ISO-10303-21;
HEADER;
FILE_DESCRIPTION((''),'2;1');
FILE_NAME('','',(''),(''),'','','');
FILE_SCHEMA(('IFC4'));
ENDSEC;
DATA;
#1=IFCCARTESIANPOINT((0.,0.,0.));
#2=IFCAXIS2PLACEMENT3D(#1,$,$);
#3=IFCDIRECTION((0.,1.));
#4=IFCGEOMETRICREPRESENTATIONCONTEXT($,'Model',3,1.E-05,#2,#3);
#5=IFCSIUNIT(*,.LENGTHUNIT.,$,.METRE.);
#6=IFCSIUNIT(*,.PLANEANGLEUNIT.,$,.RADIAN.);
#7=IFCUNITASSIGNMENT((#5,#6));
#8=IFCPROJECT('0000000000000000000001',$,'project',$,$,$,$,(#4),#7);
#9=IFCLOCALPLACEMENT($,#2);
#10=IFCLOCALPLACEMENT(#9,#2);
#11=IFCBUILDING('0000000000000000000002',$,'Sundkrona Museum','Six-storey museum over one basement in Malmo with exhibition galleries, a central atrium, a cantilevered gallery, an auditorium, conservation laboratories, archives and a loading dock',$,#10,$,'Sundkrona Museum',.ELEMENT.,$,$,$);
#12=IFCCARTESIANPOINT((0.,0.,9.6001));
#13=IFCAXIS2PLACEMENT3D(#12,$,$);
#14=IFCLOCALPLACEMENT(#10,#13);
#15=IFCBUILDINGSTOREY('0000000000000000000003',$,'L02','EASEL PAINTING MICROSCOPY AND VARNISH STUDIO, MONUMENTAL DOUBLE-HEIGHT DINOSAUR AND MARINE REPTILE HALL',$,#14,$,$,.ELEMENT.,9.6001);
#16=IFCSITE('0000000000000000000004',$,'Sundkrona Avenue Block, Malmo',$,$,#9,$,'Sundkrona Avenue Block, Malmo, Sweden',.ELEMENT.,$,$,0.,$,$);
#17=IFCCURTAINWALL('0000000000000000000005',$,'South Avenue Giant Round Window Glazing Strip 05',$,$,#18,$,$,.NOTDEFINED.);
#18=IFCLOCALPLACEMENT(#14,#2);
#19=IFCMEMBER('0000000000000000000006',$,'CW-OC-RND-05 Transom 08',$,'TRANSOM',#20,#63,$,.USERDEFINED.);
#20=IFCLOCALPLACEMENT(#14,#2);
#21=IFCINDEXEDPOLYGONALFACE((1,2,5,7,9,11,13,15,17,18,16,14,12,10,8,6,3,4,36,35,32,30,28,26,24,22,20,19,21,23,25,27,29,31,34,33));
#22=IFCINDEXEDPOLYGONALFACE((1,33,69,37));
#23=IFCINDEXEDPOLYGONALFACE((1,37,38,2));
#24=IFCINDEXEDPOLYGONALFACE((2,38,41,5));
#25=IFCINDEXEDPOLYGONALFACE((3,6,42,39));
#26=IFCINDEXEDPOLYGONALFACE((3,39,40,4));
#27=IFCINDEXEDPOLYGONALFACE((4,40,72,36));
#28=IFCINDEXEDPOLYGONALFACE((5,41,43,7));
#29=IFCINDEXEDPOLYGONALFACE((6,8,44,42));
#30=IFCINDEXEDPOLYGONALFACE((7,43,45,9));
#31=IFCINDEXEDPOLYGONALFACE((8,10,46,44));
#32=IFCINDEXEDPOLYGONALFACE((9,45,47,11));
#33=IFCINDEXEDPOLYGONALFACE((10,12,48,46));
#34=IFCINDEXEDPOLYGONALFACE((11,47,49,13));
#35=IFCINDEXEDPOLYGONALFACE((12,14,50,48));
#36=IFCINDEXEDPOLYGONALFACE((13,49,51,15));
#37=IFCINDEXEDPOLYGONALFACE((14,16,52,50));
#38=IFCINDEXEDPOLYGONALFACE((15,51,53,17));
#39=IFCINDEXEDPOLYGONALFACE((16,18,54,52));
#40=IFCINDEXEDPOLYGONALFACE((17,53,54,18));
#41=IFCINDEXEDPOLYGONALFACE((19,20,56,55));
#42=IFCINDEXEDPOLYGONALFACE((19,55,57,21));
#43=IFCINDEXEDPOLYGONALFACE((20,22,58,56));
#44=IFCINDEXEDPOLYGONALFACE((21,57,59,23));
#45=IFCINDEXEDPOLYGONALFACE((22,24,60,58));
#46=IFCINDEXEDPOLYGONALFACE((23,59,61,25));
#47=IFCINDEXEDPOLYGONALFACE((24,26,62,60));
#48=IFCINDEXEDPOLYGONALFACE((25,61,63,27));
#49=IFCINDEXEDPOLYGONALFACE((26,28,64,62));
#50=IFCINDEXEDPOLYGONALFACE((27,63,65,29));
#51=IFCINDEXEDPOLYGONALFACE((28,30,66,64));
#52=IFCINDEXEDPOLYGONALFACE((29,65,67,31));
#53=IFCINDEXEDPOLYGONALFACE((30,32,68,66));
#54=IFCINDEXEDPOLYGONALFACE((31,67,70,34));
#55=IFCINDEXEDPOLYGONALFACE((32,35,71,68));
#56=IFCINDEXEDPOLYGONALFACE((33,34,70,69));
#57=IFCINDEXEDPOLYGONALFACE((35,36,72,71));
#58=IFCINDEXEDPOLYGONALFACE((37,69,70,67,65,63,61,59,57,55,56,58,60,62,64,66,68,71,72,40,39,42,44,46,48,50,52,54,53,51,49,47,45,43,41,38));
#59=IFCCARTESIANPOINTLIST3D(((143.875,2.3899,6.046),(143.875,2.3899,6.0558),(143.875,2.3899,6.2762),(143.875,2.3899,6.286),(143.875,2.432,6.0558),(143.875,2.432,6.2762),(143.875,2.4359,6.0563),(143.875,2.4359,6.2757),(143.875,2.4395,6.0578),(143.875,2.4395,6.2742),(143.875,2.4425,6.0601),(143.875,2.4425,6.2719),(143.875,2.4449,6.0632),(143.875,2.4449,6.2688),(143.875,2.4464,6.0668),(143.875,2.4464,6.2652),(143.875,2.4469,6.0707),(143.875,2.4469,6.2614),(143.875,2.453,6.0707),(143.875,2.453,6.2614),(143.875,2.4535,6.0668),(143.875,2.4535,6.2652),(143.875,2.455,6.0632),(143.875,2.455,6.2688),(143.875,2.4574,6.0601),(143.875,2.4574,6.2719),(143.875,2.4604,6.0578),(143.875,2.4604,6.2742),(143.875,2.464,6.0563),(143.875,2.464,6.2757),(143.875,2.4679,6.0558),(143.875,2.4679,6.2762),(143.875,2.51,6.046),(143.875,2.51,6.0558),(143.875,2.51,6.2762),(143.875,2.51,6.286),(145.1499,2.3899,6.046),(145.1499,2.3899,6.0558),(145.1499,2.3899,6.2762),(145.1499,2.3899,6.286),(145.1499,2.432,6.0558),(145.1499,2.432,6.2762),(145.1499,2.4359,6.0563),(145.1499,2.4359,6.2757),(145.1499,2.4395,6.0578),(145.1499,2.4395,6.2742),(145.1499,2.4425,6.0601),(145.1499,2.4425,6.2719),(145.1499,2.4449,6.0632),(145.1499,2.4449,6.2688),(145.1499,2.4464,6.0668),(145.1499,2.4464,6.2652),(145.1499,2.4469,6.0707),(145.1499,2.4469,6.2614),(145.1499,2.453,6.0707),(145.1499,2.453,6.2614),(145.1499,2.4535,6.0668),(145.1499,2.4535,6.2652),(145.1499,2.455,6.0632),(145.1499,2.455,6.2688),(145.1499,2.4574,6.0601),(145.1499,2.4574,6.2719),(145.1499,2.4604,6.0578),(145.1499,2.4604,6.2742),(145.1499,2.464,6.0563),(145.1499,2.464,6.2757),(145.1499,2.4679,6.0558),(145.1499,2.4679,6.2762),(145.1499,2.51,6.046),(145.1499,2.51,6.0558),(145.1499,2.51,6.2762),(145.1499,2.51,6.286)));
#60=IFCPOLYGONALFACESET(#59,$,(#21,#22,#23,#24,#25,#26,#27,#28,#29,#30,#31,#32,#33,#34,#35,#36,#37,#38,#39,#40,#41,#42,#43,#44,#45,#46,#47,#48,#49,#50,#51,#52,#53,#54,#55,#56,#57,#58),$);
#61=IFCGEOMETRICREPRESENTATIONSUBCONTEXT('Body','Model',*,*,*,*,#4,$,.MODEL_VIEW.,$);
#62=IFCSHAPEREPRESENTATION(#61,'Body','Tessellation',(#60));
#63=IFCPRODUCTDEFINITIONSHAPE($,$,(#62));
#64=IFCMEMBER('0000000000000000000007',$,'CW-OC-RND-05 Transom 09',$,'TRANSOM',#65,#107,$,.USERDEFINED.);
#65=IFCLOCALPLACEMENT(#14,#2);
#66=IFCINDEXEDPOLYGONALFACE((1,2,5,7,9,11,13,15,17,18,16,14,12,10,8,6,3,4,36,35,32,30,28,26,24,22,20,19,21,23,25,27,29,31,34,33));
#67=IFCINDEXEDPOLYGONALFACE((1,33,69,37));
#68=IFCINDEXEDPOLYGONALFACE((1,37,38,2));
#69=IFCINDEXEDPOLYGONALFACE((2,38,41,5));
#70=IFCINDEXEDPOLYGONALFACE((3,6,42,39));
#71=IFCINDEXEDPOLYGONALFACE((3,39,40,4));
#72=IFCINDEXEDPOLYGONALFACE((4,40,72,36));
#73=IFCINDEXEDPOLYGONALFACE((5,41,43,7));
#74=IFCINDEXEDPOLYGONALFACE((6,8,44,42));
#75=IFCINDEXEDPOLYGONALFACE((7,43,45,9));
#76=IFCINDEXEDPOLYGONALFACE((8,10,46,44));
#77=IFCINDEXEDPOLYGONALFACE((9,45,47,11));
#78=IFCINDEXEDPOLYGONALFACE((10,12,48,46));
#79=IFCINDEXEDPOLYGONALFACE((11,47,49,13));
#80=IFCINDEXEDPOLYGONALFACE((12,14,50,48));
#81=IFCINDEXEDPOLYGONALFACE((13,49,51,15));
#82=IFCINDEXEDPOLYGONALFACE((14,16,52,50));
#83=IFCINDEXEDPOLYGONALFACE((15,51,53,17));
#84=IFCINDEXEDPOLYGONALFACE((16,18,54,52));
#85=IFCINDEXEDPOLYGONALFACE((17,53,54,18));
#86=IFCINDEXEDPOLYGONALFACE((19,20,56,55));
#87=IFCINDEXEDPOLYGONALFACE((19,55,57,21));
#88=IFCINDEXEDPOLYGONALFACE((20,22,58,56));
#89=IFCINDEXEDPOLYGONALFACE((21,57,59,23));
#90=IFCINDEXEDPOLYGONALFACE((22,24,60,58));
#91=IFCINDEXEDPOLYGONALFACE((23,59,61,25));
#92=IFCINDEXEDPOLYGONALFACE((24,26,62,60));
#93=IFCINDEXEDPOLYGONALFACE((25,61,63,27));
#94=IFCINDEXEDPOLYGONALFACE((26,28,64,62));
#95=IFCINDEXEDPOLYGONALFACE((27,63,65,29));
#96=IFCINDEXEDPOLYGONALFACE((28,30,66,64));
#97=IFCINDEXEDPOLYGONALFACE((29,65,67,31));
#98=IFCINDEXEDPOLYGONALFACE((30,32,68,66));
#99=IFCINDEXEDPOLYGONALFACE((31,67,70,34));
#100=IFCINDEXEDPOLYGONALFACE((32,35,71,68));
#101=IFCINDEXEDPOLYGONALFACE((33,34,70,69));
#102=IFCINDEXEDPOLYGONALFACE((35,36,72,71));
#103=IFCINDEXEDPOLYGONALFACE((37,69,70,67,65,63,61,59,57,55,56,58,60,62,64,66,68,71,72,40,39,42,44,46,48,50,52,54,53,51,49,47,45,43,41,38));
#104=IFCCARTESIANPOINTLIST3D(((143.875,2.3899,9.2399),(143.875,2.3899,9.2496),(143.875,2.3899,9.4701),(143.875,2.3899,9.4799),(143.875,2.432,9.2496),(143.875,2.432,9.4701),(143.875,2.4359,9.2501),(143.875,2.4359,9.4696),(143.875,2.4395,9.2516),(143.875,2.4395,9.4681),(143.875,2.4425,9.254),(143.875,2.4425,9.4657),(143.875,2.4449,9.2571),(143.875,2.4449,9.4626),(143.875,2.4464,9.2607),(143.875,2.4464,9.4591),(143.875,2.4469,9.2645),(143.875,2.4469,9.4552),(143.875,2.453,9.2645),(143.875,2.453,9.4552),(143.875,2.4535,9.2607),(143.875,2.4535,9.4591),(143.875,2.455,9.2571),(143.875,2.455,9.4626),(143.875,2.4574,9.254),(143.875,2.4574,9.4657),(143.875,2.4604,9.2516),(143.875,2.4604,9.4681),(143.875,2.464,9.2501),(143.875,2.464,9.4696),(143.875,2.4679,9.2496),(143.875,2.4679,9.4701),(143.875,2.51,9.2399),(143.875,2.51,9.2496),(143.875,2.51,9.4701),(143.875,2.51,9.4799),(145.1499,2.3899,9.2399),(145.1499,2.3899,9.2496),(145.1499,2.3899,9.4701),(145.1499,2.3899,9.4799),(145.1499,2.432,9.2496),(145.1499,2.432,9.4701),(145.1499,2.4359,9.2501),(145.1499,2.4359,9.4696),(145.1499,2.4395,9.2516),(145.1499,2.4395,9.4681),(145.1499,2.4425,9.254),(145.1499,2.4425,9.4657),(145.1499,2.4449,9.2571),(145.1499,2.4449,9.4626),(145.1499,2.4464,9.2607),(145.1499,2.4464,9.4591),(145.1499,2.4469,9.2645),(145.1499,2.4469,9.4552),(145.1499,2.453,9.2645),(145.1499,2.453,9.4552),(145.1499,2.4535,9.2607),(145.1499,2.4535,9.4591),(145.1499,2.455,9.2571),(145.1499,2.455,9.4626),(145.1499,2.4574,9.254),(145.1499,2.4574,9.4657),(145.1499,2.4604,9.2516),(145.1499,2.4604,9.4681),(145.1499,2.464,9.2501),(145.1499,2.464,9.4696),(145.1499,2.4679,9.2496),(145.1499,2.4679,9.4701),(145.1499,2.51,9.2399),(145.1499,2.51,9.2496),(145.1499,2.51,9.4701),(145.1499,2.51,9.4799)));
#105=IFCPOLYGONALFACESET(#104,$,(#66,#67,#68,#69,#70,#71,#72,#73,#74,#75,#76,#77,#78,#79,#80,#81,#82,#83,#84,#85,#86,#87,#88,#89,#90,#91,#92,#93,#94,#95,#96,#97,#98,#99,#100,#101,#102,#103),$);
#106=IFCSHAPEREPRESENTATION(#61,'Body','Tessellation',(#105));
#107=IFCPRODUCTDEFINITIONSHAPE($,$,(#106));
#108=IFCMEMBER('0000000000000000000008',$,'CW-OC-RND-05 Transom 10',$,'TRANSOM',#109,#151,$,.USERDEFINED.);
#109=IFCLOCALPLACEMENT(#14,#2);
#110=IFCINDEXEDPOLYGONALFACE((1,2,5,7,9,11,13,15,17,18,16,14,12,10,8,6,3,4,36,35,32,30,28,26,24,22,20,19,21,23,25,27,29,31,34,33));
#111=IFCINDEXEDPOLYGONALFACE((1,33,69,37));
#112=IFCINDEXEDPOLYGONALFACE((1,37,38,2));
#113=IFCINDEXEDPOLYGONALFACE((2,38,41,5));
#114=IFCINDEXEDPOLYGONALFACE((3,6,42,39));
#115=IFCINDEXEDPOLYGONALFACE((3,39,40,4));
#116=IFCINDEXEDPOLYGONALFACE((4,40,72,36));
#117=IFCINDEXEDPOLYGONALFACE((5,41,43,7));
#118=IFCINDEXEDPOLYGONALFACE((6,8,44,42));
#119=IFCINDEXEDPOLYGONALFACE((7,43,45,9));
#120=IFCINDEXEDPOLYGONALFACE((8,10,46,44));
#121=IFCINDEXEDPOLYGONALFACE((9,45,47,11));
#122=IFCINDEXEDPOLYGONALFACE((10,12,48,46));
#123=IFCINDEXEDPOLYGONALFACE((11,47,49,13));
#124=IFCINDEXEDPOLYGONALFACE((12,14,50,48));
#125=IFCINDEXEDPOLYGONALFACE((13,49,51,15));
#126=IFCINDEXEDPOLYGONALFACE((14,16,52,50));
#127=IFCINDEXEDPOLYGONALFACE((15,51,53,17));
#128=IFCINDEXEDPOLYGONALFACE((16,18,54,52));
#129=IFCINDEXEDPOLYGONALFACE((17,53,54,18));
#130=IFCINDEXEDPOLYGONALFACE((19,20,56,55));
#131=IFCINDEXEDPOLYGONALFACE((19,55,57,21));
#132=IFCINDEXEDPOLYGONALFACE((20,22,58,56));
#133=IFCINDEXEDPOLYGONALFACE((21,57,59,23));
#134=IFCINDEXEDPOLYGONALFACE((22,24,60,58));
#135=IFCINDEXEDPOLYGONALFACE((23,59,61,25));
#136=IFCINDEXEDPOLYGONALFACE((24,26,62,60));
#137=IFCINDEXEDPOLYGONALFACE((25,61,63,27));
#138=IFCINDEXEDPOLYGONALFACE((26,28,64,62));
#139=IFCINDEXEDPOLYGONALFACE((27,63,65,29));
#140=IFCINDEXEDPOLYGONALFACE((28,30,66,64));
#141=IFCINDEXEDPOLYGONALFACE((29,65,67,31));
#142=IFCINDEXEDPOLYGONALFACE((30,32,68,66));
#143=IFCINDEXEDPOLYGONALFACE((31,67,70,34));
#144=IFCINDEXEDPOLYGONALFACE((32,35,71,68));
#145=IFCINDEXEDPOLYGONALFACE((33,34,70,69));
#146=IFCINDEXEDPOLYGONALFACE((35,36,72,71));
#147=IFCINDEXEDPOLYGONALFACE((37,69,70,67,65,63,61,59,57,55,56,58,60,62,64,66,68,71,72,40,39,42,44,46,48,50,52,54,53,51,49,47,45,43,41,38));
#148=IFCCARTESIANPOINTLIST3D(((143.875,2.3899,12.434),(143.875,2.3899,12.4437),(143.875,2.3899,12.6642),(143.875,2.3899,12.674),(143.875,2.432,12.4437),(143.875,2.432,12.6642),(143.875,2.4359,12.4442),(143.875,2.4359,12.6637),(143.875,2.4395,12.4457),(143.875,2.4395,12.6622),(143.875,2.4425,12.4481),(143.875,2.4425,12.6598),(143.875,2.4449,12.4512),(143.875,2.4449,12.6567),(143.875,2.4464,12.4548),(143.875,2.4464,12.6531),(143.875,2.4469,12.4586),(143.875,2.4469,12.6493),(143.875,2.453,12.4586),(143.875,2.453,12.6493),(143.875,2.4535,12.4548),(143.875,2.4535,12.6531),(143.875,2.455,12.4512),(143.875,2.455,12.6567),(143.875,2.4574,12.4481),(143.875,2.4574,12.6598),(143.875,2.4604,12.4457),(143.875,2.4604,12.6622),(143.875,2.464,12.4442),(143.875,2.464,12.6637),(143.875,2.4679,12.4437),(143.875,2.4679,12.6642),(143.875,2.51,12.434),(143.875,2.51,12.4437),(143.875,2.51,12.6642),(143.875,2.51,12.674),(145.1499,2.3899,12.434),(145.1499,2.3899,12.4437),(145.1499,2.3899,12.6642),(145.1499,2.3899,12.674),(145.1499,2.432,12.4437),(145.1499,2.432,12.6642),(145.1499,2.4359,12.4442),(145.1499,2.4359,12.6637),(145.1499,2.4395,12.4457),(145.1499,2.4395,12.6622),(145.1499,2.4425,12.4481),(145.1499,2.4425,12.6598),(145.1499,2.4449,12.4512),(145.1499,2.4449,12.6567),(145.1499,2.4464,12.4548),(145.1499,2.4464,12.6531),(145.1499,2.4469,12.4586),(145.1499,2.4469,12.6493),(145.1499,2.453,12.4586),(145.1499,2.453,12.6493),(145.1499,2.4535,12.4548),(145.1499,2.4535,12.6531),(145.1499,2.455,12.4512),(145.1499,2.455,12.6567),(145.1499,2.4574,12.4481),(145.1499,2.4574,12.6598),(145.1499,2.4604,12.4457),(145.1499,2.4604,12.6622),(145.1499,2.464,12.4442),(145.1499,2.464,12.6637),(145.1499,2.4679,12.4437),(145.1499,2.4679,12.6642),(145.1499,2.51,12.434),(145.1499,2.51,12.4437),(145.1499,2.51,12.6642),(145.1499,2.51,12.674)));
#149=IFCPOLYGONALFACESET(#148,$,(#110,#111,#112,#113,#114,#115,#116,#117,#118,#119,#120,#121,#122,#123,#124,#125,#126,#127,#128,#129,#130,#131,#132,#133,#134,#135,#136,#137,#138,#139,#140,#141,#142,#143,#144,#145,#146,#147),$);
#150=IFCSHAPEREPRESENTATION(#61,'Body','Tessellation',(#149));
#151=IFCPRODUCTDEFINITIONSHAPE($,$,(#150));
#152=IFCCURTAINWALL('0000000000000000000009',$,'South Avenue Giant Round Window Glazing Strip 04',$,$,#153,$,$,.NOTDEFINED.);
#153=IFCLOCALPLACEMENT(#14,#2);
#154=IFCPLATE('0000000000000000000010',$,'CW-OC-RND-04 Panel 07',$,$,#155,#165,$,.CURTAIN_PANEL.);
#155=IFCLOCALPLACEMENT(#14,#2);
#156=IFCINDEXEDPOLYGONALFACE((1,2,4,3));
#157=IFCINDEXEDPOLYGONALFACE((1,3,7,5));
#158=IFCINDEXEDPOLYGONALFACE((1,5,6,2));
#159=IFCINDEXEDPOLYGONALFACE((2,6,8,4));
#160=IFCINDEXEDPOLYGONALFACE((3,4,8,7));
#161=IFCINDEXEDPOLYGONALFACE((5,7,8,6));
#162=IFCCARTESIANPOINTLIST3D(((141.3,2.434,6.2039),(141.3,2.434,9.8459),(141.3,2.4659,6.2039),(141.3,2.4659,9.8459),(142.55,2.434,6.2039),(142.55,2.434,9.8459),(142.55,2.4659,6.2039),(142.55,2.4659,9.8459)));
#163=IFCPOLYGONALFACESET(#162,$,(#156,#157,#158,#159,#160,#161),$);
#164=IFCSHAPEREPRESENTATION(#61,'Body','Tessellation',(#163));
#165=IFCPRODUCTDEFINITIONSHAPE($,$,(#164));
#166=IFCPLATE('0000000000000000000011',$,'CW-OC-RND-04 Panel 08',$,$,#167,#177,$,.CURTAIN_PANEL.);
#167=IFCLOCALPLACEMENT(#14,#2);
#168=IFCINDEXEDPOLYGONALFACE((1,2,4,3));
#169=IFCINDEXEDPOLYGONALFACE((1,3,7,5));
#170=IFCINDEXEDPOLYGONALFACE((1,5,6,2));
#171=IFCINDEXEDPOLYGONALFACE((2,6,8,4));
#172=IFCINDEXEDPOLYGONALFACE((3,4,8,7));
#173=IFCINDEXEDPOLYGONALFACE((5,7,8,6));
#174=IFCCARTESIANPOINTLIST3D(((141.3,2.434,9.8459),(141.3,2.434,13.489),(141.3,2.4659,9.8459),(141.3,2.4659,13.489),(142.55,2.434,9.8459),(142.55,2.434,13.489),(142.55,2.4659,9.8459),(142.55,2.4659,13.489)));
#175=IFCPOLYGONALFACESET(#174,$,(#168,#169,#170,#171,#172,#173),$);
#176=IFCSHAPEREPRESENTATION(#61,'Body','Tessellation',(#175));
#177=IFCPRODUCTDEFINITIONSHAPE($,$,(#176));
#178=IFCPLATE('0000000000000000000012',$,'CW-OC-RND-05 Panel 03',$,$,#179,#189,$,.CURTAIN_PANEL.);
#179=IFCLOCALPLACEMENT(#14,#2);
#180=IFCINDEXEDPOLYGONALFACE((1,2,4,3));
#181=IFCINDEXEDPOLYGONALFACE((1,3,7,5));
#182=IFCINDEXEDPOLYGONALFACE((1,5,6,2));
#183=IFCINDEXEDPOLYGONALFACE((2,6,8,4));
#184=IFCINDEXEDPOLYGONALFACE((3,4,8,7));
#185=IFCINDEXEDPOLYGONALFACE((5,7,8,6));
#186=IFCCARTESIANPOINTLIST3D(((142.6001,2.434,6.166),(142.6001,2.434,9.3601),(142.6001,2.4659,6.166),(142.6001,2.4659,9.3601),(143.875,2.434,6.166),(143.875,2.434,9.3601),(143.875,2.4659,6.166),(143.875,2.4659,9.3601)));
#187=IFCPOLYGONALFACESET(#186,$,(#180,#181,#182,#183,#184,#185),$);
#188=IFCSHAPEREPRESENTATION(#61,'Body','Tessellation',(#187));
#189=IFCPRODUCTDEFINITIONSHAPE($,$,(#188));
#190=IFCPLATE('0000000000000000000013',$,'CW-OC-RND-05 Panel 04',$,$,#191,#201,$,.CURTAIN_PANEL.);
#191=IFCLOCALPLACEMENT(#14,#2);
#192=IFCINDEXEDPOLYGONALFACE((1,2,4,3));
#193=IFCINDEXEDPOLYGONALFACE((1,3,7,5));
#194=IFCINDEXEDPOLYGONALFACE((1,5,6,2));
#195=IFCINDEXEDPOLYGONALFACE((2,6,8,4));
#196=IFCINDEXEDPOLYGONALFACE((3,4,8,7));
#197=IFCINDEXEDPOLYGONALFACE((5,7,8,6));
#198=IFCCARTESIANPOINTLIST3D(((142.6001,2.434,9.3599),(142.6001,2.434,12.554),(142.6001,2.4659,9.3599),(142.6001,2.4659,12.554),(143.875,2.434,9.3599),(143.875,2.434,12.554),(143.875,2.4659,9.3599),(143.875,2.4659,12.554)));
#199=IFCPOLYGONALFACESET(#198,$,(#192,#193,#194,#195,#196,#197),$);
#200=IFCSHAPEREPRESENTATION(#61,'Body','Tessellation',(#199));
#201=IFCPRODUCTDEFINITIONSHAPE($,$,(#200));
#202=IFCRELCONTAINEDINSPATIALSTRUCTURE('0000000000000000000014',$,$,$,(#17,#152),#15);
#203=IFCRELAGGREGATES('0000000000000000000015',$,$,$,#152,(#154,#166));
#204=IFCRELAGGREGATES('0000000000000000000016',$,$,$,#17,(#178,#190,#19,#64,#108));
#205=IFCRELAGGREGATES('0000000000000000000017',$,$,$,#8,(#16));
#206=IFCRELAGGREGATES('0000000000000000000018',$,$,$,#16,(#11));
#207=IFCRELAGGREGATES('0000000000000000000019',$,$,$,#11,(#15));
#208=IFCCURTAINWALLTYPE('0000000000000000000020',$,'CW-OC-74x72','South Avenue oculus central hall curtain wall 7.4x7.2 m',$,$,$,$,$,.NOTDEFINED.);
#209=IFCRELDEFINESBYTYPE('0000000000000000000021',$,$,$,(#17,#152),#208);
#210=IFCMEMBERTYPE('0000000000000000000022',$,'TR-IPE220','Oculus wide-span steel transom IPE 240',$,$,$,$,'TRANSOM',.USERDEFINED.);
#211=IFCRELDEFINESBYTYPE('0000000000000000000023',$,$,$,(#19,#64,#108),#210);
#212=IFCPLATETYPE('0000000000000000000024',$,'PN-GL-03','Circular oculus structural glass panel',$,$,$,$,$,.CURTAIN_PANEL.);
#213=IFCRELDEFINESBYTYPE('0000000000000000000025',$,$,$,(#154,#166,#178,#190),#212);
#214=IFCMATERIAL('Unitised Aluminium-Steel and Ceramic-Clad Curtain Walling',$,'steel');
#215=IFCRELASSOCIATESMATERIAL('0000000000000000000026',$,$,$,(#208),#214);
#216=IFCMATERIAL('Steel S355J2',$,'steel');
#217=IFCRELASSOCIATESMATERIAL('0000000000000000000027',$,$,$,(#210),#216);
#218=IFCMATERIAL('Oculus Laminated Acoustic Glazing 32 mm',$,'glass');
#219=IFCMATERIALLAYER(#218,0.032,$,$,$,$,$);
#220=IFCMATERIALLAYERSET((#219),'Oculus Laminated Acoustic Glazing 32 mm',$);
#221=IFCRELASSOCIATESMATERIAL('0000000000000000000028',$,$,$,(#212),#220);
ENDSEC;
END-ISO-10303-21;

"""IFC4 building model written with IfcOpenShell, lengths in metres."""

from ifc_helpers import new_model, si_unit, direction, frame, origin, origin_2d, place, context, subcontext, project, spatial, rectangle, i_section, extrude, material, layer, layer_set, material_profile, profile_set, type_object, element, aggregate, save


model = new_model("IFC4")

# Units and contexts
model_context = context("Model", 3, precision=1e-05, world=origin(), true_north=direction((0.0, 1.0)))
body_context = subcontext(model_context, "Body", "Model", "MODEL_VIEW")
ifc_project = project(units=[si_unit("LENGTHUNIT", "METRE"), si_unit("PLANEANGLEUNIT", "RADIAN")], contexts=[model_context])

# Site, building, storey
site_placement = place(None, origin())
site = spatial("IfcSite", under=ifc_project, at=site_placement, Name="Sundkrona Avenue Block, Malmo", LongName="Sundkrona Avenue Block, Malmo, Sweden", CompositionType="ELEMENT", RefElevation=0.0)
building_placement = place(site_placement, origin())
building = spatial("IfcBuilding", under=site, at=building_placement, Name="Sundkrona Museum", Description="Six-storey museum over one basement in Malmo with exhibition galleries, a central atrium, a cantilevered gallery, an auditorium, conservation laboratories, archives and a loading dock", LongName="Sundkrona Museum", CompositionType="ELEMENT")
storey_placement = place(building_placement, frame((0.0, 0.0, 9.6001)))
storey = spatial("IfcBuildingStorey", under=building, at=storey_placement, Name="L02", Description="EASEL PAINTING MICROSCOPY AND VARNISH STUDIO, MONUMENTAL DOUBLE-HEIGHT DINOSAUR AND MARINE REPTILE HALL", CompositionType="ELEMENT", Elevation=9.6001)

# Shared definitions
ifc_material_1 = material(Name="Steel S355J2", Category="steel")

# Curtain wall, members
ifc_material_2 = material(Name="Unitised Aluminium-Steel and Ceramic-Clad Curtain Walling", Category="steel")
curtain_wall_type_1 = type_object("IfcCurtainWallType", Name="CW-OC-74x72", Description="South Avenue oculus central hall curtain wall 7.4x7.2 m", PredefinedType="NOTDEFINED", material=ifc_material_2)
curtain_wall_1_placement = place(storey_placement, origin())
curtain_wall_1 = element("IfcCurtainWall", 1, at=curtain_wall_1_placement, inside=storey, type_object=curtain_wall_type_1, Name="South Avenue Giant Round Window Glazing Strip 05", PredefinedType="NOTDEFINED")
ifc_material_profile_1 = material_profile(ifc_material_1, i_section(OverallWidth=0.1201, OverallDepth=0.24, WebThickness=0.0061, FlangeThickness=0.0098, FilletRadius=0.0149, at=origin_2d()), Name="IPE 240")
ifc_profile_set_1 = profile_set([ifc_material_profile_1], Name="Steel S355J2")
member_type_1 = type_object("IfcMemberType", Name="TR-IPE220", Description="Oculus wide-span steel transom IPE 240", ElementType="TRANSOM", PredefinedType="USERDEFINED", material=ifc_profile_set_1)
member_1_placement = place(storey_placement, frame((143.875, 2.45, 6.166), z_axis=(1.0, 0.0, 0.0), x_axis=(0.0, 1.0, 0.0)))
member_1 = element("IfcMember", 2, at=member_1_placement, type_object=member_type_1, Name="CW-OC-RND-05 Transom 08", ObjectType="TRANSOM", PredefinedType="USERDEFINED", context=body_context, shape_type="SweptSolid", body=[
    extrude(i_section(OverallWidth=0.1201, OverallDepth=0.24, WebThickness=0.0061, FlangeThickness=0.0098, FilletRadius=0.0149, at=origin_2d()), origin(), (0.0, 0.0, 1.0), 1.2749),
])
member_2_placement = place(storey_placement, frame((143.875, 2.45, 9.3599), z_axis=(1.0, 0.0, 0.0), x_axis=(0.0, 1.0, 0.0)))
member_2 = element("IfcMember", 3, at=member_2_placement, type_object=member_type_1, Name="CW-OC-RND-05 Transom 09", ObjectType="TRANSOM", PredefinedType="USERDEFINED", context=body_context, shape_type="SweptSolid", body=[
    extrude(i_section(OverallWidth=0.1201, OverallDepth=0.24, WebThickness=0.0061, FlangeThickness=0.0098, FilletRadius=0.0149, at=origin_2d()), origin(), (0.0, 0.0, 1.0), 1.2749),
])
member_3_placement = place(storey_placement, frame((143.875, 2.45, 12.554), z_axis=(1.0, 0.0, 0.0), x_axis=(0.0, 1.0, 0.0)))
member_3 = element("IfcMember", 4, at=member_3_placement, type_object=member_type_1, Name="CW-OC-RND-05 Transom 10", ObjectType="TRANSOM", PredefinedType="USERDEFINED", context=body_context, shape_type="SweptSolid", body=[
    extrude(i_section(OverallWidth=0.1201, OverallDepth=0.24, WebThickness=0.0061, FlangeThickness=0.0098, FilletRadius=0.0149, at=origin_2d()), origin(), (0.0, 0.0, 1.0), 1.2749),
])

# Curtain wall, plates
curtain_wall_2_placement = place(storey_placement, origin())
curtain_wall_2 = element("IfcCurtainWall", 5, at=curtain_wall_2_placement, inside=storey, type_object=curtain_wall_type_1, Name="South Avenue Giant Round Window Glazing Strip 04", PredefinedType="NOTDEFINED")
ifc_material_3 = material(Name="Oculus Laminated Acoustic Glazing 32 mm", Category="glass")
ifc_layer = layer(ifc_material_3, 0.032)
ifc_layer_set = layer_set([ifc_layer], Name="Oculus Laminated Acoustic Glazing 32 mm")
plate_type = type_object("IfcPlateType", Name="PN-GL-03", Description="Circular oculus structural glass panel", PredefinedType="CURTAIN_PANEL", material=ifc_layer_set)
plate_1_placement = place(storey_placement, frame((141.925, 2.45, 6.2039), z_axis=(0.0, 0.0, 1.0), x_axis=(1.0, 0.0, 0.0)))
plate_1 = element("IfcPlate", 6, at=plate_1_placement, type_object=plate_type, Name="CW-OC-RND-04 Panel 07", PredefinedType="CURTAIN_PANEL", context=body_context, shape_type="SweptSolid", body=[
    extrude(rectangle(XDim=1.25, YDim=0.032, at=origin_2d()), origin(), (0.0, 0.0, 1.0), 3.6421),
])
plate_2_placement = place(storey_placement, frame((141.925, 2.45, 9.8459), z_axis=(0.0, 0.0, 1.0), x_axis=(1.0, 0.0, 0.0)))
plate_2 = element("IfcPlate", 7, at=plate_2_placement, type_object=plate_type, Name="CW-OC-RND-04 Panel 08", PredefinedType="CURTAIN_PANEL", context=body_context, shape_type="SweptSolid", body=[
    extrude(rectangle(XDim=1.25, YDim=0.032, at=origin_2d()), origin(), (0.0, 0.0, 1.0), 3.6431),
])
aggregate(curtain_wall_2, [plate_1, plate_2])

# Plates
plate_3_placement = place(storey_placement, frame((143.2375, 2.45, 6.166), z_axis=(0.0, 0.0, 1.0), x_axis=(1.0, 0.0, 0.0)))
plate_3 = element("IfcPlate", 8, at=plate_3_placement, type_object=plate_type, Name="CW-OC-RND-05 Panel 03", PredefinedType="CURTAIN_PANEL", context=body_context, shape_type="SweptSolid", body=[
    extrude(rectangle(XDim=1.2749, YDim=0.032, at=origin_2d()), origin(), (0.0, 0.0, 1.0), 3.1941),
])
plate_4_placement = place(storey_placement, frame((143.2375, 2.45, 9.3599), z_axis=(0.0, 0.0, 1.0), x_axis=(1.0, 0.0, 0.0)))
plate_4 = element("IfcPlate", 9, at=plate_4_placement, type_object=plate_type, Name="CW-OC-RND-05 Panel 04", PredefinedType="CURTAIN_PANEL", context=body_context, shape_type="SweptSolid", body=[
    extrude(rectangle(XDim=1.2749, YDim=0.032, at=origin_2d()), origin(), (0.0, 0.0, 1.0), 3.1941),
])
aggregate(curtain_wall_1, [plate_3, plate_4, member_1, member_2, member_3])

save(model, "model.ifc")
